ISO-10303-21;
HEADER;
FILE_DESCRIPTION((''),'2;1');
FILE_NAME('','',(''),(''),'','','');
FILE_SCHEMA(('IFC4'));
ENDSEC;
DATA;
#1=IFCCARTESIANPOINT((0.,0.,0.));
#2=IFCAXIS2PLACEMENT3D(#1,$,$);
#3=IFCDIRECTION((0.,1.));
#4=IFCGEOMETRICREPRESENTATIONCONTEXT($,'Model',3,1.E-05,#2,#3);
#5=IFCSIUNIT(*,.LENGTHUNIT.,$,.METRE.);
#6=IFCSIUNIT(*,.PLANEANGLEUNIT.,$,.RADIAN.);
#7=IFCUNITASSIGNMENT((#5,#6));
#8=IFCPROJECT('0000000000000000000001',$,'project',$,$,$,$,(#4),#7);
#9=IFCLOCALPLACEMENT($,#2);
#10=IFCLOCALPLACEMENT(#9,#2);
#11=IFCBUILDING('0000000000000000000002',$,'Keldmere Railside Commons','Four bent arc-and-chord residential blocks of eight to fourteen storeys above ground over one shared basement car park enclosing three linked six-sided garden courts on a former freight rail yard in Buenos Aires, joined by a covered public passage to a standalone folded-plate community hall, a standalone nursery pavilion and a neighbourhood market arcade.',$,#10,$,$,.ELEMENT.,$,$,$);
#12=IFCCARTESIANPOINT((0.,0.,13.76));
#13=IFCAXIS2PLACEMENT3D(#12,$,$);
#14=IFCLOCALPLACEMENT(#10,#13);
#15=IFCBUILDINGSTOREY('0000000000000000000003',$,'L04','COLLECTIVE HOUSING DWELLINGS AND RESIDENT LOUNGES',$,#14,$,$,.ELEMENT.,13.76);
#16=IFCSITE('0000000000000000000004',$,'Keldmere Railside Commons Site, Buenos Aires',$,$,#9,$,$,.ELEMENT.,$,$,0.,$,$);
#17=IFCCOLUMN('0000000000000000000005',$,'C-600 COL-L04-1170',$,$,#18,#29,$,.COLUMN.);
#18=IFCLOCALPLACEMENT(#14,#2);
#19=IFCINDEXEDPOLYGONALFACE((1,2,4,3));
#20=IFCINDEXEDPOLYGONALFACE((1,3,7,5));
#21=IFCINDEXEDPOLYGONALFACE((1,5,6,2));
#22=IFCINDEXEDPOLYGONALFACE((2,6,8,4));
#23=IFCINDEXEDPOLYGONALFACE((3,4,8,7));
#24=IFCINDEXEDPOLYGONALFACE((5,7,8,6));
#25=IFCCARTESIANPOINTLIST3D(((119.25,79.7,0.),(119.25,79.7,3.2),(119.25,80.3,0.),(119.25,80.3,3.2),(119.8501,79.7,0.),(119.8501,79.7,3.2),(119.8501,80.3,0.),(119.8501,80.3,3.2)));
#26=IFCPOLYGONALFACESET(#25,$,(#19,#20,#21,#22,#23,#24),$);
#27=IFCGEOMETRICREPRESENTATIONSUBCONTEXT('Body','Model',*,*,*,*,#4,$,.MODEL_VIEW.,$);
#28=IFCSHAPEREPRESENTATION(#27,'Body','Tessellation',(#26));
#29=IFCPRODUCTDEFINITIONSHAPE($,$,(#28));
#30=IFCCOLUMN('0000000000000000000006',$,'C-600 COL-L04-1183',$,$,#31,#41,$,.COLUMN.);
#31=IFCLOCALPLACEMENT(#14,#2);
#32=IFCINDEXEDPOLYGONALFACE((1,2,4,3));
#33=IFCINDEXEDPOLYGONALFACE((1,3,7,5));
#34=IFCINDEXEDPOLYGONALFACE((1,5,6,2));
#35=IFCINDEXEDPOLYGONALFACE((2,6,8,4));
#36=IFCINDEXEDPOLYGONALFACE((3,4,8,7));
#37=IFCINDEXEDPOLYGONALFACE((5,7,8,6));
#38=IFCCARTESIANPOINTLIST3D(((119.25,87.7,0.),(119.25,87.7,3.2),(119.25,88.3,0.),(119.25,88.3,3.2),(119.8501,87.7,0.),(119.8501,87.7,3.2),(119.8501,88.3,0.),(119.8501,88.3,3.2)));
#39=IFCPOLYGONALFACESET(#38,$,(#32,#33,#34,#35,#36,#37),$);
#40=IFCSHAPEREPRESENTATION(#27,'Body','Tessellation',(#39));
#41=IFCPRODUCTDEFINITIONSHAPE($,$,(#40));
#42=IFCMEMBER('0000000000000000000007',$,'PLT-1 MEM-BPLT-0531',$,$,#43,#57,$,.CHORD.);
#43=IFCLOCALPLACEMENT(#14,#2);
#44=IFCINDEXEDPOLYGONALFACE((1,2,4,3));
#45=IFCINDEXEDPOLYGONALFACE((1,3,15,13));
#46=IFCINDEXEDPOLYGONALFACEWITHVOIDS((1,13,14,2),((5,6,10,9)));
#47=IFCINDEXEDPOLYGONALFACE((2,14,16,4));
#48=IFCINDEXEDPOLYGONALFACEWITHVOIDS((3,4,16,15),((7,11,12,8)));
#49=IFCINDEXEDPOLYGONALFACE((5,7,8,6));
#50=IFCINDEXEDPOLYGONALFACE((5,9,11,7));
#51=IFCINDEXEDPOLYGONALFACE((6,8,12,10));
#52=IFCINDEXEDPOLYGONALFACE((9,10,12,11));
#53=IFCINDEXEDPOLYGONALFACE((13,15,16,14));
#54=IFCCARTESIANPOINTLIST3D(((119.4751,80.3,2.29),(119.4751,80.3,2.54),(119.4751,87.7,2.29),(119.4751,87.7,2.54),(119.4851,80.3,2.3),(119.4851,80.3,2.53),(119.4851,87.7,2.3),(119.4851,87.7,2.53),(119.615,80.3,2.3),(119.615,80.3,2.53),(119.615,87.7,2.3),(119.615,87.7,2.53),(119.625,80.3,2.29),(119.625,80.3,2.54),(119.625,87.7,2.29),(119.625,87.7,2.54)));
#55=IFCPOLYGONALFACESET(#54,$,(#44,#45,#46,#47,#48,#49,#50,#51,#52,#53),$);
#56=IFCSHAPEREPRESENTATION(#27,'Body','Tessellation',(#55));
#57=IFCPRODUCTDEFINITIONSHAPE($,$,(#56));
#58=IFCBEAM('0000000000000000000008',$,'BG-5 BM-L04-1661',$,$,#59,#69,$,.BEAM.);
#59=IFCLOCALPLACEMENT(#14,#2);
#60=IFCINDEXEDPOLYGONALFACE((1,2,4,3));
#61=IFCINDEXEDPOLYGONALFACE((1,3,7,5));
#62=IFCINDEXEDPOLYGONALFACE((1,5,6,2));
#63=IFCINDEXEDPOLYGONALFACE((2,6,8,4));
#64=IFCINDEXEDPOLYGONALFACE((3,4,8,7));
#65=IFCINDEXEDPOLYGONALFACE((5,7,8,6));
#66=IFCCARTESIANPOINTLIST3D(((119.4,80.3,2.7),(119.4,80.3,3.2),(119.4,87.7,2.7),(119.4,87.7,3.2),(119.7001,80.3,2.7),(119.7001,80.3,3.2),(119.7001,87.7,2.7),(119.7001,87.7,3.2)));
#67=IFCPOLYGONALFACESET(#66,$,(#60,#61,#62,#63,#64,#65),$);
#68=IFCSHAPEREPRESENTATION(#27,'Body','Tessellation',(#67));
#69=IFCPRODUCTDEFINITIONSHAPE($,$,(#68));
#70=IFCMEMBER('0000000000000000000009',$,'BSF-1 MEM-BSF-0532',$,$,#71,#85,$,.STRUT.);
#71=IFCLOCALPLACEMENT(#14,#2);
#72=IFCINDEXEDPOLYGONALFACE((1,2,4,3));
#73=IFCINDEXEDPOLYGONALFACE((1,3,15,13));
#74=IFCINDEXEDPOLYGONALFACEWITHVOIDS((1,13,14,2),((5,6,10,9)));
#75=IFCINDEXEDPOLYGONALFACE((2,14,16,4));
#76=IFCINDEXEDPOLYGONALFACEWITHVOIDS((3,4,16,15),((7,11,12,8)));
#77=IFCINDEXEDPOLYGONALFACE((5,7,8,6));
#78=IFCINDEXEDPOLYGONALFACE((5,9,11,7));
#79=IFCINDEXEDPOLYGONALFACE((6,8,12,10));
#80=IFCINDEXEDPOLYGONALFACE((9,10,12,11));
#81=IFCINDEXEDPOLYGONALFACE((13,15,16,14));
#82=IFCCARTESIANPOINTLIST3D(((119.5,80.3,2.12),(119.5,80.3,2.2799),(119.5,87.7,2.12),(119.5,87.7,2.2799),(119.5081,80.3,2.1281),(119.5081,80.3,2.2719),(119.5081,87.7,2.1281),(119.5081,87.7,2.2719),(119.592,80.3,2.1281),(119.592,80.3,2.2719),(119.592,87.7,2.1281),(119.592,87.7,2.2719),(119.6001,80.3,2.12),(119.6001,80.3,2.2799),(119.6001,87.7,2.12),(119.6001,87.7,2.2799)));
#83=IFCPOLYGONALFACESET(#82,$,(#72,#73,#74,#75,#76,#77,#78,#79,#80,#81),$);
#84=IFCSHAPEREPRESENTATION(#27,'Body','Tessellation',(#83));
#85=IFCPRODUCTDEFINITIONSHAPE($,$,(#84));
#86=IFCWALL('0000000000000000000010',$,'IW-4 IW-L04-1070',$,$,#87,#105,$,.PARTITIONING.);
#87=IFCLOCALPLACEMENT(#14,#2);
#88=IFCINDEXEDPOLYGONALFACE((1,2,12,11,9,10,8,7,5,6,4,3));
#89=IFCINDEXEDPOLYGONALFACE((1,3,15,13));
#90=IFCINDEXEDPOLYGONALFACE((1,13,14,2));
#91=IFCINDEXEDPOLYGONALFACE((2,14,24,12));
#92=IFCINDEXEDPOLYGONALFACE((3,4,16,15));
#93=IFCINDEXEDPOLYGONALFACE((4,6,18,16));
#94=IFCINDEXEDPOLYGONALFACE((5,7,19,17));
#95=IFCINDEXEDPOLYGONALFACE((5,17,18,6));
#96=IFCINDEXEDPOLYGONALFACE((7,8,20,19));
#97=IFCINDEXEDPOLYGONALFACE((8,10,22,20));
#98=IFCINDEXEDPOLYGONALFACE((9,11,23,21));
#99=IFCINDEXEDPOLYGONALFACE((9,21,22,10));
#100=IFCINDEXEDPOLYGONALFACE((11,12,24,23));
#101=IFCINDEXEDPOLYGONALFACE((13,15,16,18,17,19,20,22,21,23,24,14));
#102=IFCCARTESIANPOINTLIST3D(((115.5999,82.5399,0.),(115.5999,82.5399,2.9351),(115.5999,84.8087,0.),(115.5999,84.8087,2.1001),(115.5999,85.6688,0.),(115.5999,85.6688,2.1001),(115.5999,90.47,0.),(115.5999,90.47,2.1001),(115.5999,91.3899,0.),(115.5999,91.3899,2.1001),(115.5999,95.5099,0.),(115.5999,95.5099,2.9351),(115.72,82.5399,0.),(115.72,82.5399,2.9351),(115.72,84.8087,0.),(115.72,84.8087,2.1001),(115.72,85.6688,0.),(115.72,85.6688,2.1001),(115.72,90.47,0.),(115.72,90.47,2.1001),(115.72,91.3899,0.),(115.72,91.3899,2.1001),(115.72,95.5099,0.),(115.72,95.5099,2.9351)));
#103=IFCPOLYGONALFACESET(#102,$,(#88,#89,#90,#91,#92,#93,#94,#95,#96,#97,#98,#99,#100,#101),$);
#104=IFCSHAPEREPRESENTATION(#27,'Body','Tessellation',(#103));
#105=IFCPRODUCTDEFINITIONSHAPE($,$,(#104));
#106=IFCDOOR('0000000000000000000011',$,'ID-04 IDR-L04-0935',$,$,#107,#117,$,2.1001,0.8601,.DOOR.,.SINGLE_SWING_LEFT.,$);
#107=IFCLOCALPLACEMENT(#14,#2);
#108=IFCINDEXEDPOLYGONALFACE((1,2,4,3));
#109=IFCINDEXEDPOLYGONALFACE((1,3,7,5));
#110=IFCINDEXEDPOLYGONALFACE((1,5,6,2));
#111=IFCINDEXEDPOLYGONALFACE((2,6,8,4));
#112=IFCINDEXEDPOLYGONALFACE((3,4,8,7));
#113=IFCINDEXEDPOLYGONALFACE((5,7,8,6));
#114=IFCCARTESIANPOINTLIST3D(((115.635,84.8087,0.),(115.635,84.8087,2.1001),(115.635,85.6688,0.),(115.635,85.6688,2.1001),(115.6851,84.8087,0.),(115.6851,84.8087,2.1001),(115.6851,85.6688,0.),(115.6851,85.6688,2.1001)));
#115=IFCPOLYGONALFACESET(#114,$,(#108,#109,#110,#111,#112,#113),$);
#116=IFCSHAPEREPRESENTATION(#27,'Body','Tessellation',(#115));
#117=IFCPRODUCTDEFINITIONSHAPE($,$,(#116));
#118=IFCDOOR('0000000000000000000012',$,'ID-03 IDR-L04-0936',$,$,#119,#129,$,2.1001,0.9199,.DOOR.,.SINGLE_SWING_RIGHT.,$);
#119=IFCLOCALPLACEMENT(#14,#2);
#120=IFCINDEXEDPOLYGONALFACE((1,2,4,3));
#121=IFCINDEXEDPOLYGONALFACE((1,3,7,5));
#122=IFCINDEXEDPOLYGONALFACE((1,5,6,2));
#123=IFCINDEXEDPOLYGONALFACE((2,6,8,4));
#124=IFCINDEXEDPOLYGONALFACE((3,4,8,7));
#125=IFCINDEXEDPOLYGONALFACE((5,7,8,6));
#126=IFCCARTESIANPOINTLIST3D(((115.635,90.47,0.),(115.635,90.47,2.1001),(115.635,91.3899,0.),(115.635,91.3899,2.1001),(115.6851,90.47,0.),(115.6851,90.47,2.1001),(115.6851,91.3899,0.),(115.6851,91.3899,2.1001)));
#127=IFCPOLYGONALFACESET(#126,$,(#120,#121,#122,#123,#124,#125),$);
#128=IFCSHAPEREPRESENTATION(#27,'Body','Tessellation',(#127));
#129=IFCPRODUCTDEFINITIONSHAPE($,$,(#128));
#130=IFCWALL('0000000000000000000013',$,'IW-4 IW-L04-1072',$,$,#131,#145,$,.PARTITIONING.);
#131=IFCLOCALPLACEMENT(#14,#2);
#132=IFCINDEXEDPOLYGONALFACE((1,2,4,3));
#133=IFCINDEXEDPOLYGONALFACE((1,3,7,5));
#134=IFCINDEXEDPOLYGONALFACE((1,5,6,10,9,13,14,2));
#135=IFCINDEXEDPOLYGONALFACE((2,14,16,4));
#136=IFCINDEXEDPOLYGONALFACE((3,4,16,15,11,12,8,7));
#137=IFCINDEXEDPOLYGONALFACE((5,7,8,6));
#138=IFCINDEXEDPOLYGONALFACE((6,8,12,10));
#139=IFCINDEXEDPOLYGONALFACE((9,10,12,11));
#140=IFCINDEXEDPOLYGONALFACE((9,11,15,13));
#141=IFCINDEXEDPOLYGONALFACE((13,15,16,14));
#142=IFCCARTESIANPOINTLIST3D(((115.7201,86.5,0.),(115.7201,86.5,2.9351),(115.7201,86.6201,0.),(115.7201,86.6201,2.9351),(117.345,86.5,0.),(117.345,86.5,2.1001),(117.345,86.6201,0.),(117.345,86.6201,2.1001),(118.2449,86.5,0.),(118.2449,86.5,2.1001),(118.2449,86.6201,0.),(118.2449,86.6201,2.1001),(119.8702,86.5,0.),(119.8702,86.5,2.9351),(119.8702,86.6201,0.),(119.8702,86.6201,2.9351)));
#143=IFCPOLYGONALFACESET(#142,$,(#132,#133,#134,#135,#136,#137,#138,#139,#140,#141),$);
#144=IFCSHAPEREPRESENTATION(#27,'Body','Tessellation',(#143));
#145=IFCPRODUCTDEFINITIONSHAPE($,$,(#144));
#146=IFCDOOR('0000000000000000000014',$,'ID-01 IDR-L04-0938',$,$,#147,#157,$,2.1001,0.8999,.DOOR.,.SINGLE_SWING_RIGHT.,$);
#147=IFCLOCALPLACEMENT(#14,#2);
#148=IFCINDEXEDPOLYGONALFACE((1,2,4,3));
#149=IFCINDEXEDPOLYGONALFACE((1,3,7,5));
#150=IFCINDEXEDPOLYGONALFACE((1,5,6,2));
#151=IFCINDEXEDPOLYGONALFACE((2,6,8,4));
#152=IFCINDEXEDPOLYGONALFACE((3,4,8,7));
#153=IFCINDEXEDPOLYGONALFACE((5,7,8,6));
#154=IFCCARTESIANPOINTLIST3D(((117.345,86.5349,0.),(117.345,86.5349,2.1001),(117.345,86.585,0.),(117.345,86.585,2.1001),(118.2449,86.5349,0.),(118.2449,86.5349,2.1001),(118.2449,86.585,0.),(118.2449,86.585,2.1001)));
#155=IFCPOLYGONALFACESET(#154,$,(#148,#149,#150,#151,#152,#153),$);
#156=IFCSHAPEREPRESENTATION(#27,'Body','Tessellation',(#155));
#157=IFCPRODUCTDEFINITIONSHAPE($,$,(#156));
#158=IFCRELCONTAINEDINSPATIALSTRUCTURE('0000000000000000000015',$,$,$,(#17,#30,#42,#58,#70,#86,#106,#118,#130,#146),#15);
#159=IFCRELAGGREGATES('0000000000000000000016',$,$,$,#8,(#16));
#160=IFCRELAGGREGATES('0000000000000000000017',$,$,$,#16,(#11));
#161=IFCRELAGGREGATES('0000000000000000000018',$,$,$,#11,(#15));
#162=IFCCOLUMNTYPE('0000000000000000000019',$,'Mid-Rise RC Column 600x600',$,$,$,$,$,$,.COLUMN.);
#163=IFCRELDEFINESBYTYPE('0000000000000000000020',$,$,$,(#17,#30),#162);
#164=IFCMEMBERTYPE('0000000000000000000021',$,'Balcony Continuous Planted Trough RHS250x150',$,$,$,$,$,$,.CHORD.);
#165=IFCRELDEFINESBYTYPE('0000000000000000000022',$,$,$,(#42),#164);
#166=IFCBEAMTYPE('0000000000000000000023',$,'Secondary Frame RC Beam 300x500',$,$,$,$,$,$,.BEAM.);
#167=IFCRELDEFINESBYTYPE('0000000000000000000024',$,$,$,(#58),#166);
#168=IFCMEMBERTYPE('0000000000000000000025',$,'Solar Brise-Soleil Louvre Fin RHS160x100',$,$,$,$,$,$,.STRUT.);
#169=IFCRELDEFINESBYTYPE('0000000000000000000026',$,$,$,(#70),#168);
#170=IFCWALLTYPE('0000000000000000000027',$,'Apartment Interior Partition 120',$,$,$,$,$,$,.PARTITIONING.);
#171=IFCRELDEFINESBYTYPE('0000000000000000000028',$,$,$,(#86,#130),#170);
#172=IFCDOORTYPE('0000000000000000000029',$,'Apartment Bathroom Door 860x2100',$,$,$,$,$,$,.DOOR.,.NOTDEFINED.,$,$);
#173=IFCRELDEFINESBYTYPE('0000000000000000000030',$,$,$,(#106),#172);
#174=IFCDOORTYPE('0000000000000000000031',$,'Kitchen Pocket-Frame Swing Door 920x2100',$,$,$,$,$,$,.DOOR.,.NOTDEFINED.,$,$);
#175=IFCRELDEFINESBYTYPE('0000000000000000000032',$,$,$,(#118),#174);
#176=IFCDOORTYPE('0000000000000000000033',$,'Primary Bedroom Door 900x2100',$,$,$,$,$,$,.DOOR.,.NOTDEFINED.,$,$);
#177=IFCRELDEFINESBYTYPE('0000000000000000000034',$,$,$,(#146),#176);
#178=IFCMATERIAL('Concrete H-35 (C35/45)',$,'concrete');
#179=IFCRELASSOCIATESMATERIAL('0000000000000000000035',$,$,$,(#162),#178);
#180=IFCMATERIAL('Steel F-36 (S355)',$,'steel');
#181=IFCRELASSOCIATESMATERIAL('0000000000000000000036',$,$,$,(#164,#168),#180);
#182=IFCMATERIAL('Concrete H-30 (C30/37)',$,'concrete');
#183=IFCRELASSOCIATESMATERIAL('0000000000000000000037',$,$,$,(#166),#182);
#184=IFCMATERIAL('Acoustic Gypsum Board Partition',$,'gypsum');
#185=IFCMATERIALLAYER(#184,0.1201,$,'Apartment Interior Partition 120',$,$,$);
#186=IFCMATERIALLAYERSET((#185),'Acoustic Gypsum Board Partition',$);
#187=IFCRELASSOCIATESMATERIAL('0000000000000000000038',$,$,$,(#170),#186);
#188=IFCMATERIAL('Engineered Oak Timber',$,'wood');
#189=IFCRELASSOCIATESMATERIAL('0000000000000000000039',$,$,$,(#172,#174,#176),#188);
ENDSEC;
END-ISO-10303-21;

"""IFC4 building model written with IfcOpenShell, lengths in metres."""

from ifc_helpers import new_model, si_unit, direction, frame, frame_2d, origin, origin_2d, place, context, subcontext, project, spatial, rectangle, hollow_rectangle, extrude, material, layer, layer_set, material_profile, profile_set, type_object, element, fill, save


model = new_model("IFC4")

# Units and contexts
model_context = context("Model", 3, precision=1e-05, world=origin(), true_north=direction((0.0, 1.0)))
body_context = subcontext(model_context, "Body", "Model", "MODEL_VIEW")
ifc_project = project(units=[si_unit("LENGTHUNIT", "METRE"), si_unit("PLANEANGLEUNIT", "RADIAN")], contexts=[model_context])

# Site, building, storey
site_placement = place(None, origin())
site = spatial("IfcSite", under=ifc_project, at=site_placement, Name="Keldmere Railside Commons Site, Buenos Aires", CompositionType="ELEMENT", RefElevation=0.0)
building_placement = place(site_placement, origin())
building = spatial("IfcBuilding", under=site, at=building_placement, Name="Keldmere Railside Commons", Description="Four bent arc-and-chord residential blocks of eight to fourteen storeys above ground over one shared basement car park enclosing three linked six-sided garden courts on a former freight rail yard in Buenos Aires, joined by a covered public passage to a standalone folded-plate community hall, a standalone nursery pavilion and a neighbourhood market arcade.", CompositionType="ELEMENT")
storey_placement = place(building_placement, frame((0.0, 0.0, 13.76)))
storey = spatial("IfcBuildingStorey", under=building, at=storey_placement, Name="L04", Description="COLLECTIVE HOUSING DWELLINGS AND RESIDENT LOUNGES", CompositionType="ELEMENT", Elevation=13.76)

# Columns
ifc_material_1 = material(Name="Concrete H-35 (C35/45)", Category="concrete")
ifc_material_profile_1 = material_profile(ifc_material_1, rectangle(XDim=0.6001, YDim=0.6001, at=origin_2d()), Name="RC-600x600")
ifc_profile_set_1 = profile_set([ifc_material_profile_1], Name="Concrete H-35 (C35/45)")
column_type = type_object("IfcColumnType", Name="Mid-Rise RC Column 600x600", PredefinedType="COLUMN", material=ifc_profile_set_1)
for number, where, z_axis, x_axis, name in (
    (1, (119.55, 80.0, 0.0), (0.0, 0.0, 1.0), (1.0, 0.0, 0.0), "C-600 COL-L04-1170"),
    (2, (119.55, 88.0, 0.0), (0.0, 0.0, 1.0), (1.0, 0.0, 0.0), "C-600 COL-L04-1183"),
):
    element("IfcColumn", number, at=place(storey_placement, frame(where, z_axis=z_axis, x_axis=x_axis)), inside=storey, type_object=column_type, Name=name, PredefinedType="COLUMN", context=body_context, shape_type="SweptSolid", body=[
        extrude(rectangle(XDim=0.6001, YDim=0.6001, at=origin_2d()), origin(), (0.0, 0.0, 1.0), 3.2),
    ])

# Member
ifc_material_2 = material(Name="Steel F-36 (S355)", Category="steel")
ifc_material_profile_2 = material_profile(ifc_material_2, hollow_rectangle(XDim=0.1499, YDim=0.25, WallThickness=0.01, at=origin_2d()), Name="RHS-250x150x10")
ifc_profile_set_2 = profile_set([ifc_material_profile_2], Name="Steel F-36 (S355)")
member_type_1 = type_object("IfcMemberType", Name="Balcony Continuous Planted Trough RHS250x150", PredefinedType="CHORD", material=ifc_profile_set_2)
member_1_placement = place(storey_placement, frame((119.55, 80.3, 2.415), z_axis=(0.0, 1.0, 0.0), x_axis=(-1.0, 0.0, 0.0)))
element("IfcMember", 3, at=member_1_placement, inside=storey, type_object=member_type_1, Name="PLT-1 MEM-BPLT-0531", PredefinedType="CHORD", context=body_context, shape_type="SweptSolid", body=[
    extrude(hollow_rectangle(XDim=0.1499, YDim=0.25, WallThickness=0.01, at=origin_2d()), origin(), (0.0, 0.0, 1.0), 7.3999),
])

# Beam
ifc_material_3 = material(Name="Concrete H-30 (C30/37)", Category="concrete")
ifc_material_profile_3 = material_profile(ifc_material_3, rectangle(XDim=0.3, YDim=0.5, at=origin_2d()), Name="RC-300x500")
ifc_profile_set_3 = profile_set([ifc_material_profile_3], Name="Concrete H-30 (C30/37)")
beam_type = type_object("IfcBeamType", Name="Secondary Frame RC Beam 300x500", PredefinedType="BEAM", material=ifc_profile_set_3)
beam_placement = place(storey_placement, frame((119.55, 80.3, 2.95), z_axis=(0.0, 1.0, 0.0), x_axis=(-1.0, 0.0, 0.0)))
element("IfcBeam", 4, at=beam_placement, inside=storey, type_object=beam_type, Name="BG-5 BM-L04-1661", PredefinedType="BEAM", context=body_context, shape_type="SweptSolid", body=[
    extrude(rectangle(XDim=0.3, YDim=0.5, at=origin_2d()), origin(), (0.0, 0.0, 1.0), 7.3999),
])

# Member
ifc_material_profile_4 = material_profile(ifc_material_2, hollow_rectangle(XDim=0.1001, YDim=0.1599, WallThickness=0.0081, at=origin_2d()), Name="RHS-160x100x8")
ifc_profile_set_4 = profile_set([ifc_material_profile_4], Name="Steel F-36 (S355)")
member_type_2 = type_object("IfcMemberType", Name="Solar Brise-Soleil Louvre Fin RHS160x100", PredefinedType="STRUT", material=ifc_profile_set_4)
member_2_placement = place(storey_placement, frame((119.55, 80.3, 2.2), z_axis=(0.0, 1.0, 0.0), x_axis=(-1.0, 0.0, 0.0)))
element("IfcMember", 5, at=member_2_placement, inside=storey, type_object=member_type_2, Name="BSF-1 MEM-BSF-0532", PredefinedType="STRUT", context=body_context, shape_type="SweptSolid", body=[
    extrude(hollow_rectangle(XDim=0.1001, YDim=0.1599, WallThickness=0.0081, at=origin_2d()), origin(), (0.0, 0.0, 1.0), 7.3999),
])

# Wall, openings, doors
ifc_material_4 = material(Name="Acoustic Gypsum Board Partition", Category="gypsum")
ifc_layer_1 = layer(ifc_material_4, 0.1201, Name="Apartment Interior Partition 120")
ifc_layer_set_1 = layer_set([ifc_layer_1], Name="Acoustic Gypsum Board Partition")
wall_type_1 = type_object("IfcWallType", Name="Apartment Interior Partition 120", PredefinedType="PARTITIONING", material=ifc_layer_set_1)
wall_1_placement = place(storey_placement, frame((115.6599, 82.54, 0.0), z_axis=(0.0, 0.0, 1.0), x_axis=(0.0, 1.0, 0.0)))
wall_1 = element("IfcWall", 6, at=wall_1_placement, inside=storey, type_object=wall_type_1, Name="IW-4 IW-L04-1070", PredefinedType="PARTITIONING", context=body_context, shape_type="SweptSolid", body=[
    extrude(rectangle(XDim=12.97, YDim=0.1201, at=frame_2d((6.4849, 0.0))), origin(), (0.0, 0.0, 1.0), 2.9351),
])
opening_1_placement = place(wall_1_placement, frame((2.2686, 0.0, 0.0)))
opening_1 = element("IfcOpeningElement", 7, at=opening_1_placement, cuts=wall_1, PredefinedType="OPENING", context=body_context, shape_type="SweptSolid", body=[
    extrude(rectangle(XDim=0.8601, YDim=2.1001, at=frame_2d((0.4302, 1.05))), frame((0.0, 0.0701, 0.0), z_axis=(0.0, -1.0, 0.0), x_axis=(1.0, 0.0, 0.0)), (0.0, 0.0, 1.0), 0.1401),
])
opening_2_placement = place(wall_1_placement, frame((7.9299, 0.0, 0.0)))
opening_2 = element("IfcOpeningElement", 8, at=opening_2_placement, cuts=wall_1, PredefinedType="OPENING", context=body_context, shape_type="SweptSolid", body=[
    extrude(rectangle(XDim=0.9199, YDim=2.1001, at=frame_2d((0.46, 1.05))), frame((0.0, 0.0701, 0.0), z_axis=(0.0, -1.0, 0.0), x_axis=(1.0, 0.0, 0.0)), (0.0, 0.0, 1.0), 0.1401),
])
ifc_material_5 = material(Name="Engineered Oak Timber", Category="wood")
door_type_1 = type_object("IfcDoorType", Name="Apartment Bathroom Door 860x2100", OperationType="NOTDEFINED", PredefinedType="DOOR", material=ifc_material_5)
door_1_placement = place(opening_1_placement, origin())
door_1 = element("IfcDoor", 9, at=door_1_placement, inside=storey, type_object=door_type_1, Name="ID-04 IDR-L04-0935", OperationType="SINGLE_SWING_LEFT", OverallHeight=2.1001, OverallWidth=0.8601, PredefinedType="DOOR", context=body_context, shape_type="SweptSolid", body=[
    extrude(rectangle(XDim=0.8601, YDim=2.1001, at=frame_2d((0.4302, 1.05))), frame((0.0, 0.0249, 0.0), z_axis=(0.0, -1.0, 0.0), x_axis=(1.0, 0.0, 0.0)), (0.0, 0.0, 1.0), 0.05),
])
fill(opening_1, door_1)
door_type_2 = type_object("IfcDoorType", Name="Kitchen Pocket-Frame Swing Door 920x2100", OperationType="NOTDEFINED", PredefinedType="DOOR", material=ifc_material_5)
door_2_placement = place(opening_2_placement, origin())
door_2 = element("IfcDoor", 10, at=door_2_placement, inside=storey, type_object=door_type_2, Name="ID-03 IDR-L04-0936", OperationType="SINGLE_SWING_RIGHT", OverallHeight=2.1001, OverallWidth=0.9199, PredefinedType="DOOR", context=body_context, shape_type="SweptSolid", body=[
    extrude(rectangle(XDim=0.9199, YDim=2.1001, at=frame_2d((0.46, 1.05))), frame((0.0, 0.0249, 0.0), z_axis=(0.0, -1.0, 0.0), x_axis=(1.0, 0.0, 0.0)), (0.0, 0.0, 1.0), 0.05),
])
fill(opening_2, door_2)

# Wall, opening, door
wall_2_placement = place(storey_placement, frame((115.72, 86.5601, 0.0), z_axis=(0.0, 0.0, 1.0), x_axis=(1.0, 0.0, 0.0)))
wall_2 = element("IfcWall", 11, at=wall_2_placement, inside=storey, type_object=wall_type_1, Name="IW-4 IW-L04-1072", PredefinedType="PARTITIONING", context=body_context, shape_type="SweptSolid", body=[
    extrude(rectangle(XDim=4.1501, YDim=0.1201, at=frame_2d((2.0752, 0.0))), origin(), (0.0, 0.0, 1.0), 2.9351),
])
opening_3_placement = place(wall_2_placement, frame((1.625, 0.0, 0.0)))
opening_3 = element("IfcOpeningElement", 12, at=opening_3_placement, cuts=wall_2, PredefinedType="OPENING", context=body_context, shape_type="SweptSolid", body=[
    extrude(rectangle(XDim=0.8999, YDim=2.1001, at=frame_2d((0.45, 1.05))), frame((0.0, 0.0701, 0.0), z_axis=(0.0, -1.0, 0.0), x_axis=(1.0, 0.0, 0.0)), (0.0, 0.0, 1.0), 0.1401),
])
door_type_3 = type_object("IfcDoorType", Name="Primary Bedroom Door 900x2100", OperationType="NOTDEFINED", PredefinedType="DOOR", material=ifc_material_5)
door_3_placement = place(opening_3_placement, origin())
door_3 = element("IfcDoor", 13, at=door_3_placement, inside=storey, type_object=door_type_3, Name="ID-01 IDR-L04-0938", OperationType="SINGLE_SWING_RIGHT", OverallHeight=2.1001, OverallWidth=0.8999, PredefinedType="DOOR", context=body_context, shape_type="SweptSolid", body=[
    extrude(rectangle(XDim=0.8999, YDim=2.1001, at=frame_2d((0.45, 1.05))), frame((0.0, 0.0249, 0.0), z_axis=(0.0, -1.0, 0.0), x_axis=(1.0, 0.0, 0.0)), (0.0, 0.0, 1.0), 0.05),
])
fill(opening_3, door_3)

save(model, "model.ifc")
